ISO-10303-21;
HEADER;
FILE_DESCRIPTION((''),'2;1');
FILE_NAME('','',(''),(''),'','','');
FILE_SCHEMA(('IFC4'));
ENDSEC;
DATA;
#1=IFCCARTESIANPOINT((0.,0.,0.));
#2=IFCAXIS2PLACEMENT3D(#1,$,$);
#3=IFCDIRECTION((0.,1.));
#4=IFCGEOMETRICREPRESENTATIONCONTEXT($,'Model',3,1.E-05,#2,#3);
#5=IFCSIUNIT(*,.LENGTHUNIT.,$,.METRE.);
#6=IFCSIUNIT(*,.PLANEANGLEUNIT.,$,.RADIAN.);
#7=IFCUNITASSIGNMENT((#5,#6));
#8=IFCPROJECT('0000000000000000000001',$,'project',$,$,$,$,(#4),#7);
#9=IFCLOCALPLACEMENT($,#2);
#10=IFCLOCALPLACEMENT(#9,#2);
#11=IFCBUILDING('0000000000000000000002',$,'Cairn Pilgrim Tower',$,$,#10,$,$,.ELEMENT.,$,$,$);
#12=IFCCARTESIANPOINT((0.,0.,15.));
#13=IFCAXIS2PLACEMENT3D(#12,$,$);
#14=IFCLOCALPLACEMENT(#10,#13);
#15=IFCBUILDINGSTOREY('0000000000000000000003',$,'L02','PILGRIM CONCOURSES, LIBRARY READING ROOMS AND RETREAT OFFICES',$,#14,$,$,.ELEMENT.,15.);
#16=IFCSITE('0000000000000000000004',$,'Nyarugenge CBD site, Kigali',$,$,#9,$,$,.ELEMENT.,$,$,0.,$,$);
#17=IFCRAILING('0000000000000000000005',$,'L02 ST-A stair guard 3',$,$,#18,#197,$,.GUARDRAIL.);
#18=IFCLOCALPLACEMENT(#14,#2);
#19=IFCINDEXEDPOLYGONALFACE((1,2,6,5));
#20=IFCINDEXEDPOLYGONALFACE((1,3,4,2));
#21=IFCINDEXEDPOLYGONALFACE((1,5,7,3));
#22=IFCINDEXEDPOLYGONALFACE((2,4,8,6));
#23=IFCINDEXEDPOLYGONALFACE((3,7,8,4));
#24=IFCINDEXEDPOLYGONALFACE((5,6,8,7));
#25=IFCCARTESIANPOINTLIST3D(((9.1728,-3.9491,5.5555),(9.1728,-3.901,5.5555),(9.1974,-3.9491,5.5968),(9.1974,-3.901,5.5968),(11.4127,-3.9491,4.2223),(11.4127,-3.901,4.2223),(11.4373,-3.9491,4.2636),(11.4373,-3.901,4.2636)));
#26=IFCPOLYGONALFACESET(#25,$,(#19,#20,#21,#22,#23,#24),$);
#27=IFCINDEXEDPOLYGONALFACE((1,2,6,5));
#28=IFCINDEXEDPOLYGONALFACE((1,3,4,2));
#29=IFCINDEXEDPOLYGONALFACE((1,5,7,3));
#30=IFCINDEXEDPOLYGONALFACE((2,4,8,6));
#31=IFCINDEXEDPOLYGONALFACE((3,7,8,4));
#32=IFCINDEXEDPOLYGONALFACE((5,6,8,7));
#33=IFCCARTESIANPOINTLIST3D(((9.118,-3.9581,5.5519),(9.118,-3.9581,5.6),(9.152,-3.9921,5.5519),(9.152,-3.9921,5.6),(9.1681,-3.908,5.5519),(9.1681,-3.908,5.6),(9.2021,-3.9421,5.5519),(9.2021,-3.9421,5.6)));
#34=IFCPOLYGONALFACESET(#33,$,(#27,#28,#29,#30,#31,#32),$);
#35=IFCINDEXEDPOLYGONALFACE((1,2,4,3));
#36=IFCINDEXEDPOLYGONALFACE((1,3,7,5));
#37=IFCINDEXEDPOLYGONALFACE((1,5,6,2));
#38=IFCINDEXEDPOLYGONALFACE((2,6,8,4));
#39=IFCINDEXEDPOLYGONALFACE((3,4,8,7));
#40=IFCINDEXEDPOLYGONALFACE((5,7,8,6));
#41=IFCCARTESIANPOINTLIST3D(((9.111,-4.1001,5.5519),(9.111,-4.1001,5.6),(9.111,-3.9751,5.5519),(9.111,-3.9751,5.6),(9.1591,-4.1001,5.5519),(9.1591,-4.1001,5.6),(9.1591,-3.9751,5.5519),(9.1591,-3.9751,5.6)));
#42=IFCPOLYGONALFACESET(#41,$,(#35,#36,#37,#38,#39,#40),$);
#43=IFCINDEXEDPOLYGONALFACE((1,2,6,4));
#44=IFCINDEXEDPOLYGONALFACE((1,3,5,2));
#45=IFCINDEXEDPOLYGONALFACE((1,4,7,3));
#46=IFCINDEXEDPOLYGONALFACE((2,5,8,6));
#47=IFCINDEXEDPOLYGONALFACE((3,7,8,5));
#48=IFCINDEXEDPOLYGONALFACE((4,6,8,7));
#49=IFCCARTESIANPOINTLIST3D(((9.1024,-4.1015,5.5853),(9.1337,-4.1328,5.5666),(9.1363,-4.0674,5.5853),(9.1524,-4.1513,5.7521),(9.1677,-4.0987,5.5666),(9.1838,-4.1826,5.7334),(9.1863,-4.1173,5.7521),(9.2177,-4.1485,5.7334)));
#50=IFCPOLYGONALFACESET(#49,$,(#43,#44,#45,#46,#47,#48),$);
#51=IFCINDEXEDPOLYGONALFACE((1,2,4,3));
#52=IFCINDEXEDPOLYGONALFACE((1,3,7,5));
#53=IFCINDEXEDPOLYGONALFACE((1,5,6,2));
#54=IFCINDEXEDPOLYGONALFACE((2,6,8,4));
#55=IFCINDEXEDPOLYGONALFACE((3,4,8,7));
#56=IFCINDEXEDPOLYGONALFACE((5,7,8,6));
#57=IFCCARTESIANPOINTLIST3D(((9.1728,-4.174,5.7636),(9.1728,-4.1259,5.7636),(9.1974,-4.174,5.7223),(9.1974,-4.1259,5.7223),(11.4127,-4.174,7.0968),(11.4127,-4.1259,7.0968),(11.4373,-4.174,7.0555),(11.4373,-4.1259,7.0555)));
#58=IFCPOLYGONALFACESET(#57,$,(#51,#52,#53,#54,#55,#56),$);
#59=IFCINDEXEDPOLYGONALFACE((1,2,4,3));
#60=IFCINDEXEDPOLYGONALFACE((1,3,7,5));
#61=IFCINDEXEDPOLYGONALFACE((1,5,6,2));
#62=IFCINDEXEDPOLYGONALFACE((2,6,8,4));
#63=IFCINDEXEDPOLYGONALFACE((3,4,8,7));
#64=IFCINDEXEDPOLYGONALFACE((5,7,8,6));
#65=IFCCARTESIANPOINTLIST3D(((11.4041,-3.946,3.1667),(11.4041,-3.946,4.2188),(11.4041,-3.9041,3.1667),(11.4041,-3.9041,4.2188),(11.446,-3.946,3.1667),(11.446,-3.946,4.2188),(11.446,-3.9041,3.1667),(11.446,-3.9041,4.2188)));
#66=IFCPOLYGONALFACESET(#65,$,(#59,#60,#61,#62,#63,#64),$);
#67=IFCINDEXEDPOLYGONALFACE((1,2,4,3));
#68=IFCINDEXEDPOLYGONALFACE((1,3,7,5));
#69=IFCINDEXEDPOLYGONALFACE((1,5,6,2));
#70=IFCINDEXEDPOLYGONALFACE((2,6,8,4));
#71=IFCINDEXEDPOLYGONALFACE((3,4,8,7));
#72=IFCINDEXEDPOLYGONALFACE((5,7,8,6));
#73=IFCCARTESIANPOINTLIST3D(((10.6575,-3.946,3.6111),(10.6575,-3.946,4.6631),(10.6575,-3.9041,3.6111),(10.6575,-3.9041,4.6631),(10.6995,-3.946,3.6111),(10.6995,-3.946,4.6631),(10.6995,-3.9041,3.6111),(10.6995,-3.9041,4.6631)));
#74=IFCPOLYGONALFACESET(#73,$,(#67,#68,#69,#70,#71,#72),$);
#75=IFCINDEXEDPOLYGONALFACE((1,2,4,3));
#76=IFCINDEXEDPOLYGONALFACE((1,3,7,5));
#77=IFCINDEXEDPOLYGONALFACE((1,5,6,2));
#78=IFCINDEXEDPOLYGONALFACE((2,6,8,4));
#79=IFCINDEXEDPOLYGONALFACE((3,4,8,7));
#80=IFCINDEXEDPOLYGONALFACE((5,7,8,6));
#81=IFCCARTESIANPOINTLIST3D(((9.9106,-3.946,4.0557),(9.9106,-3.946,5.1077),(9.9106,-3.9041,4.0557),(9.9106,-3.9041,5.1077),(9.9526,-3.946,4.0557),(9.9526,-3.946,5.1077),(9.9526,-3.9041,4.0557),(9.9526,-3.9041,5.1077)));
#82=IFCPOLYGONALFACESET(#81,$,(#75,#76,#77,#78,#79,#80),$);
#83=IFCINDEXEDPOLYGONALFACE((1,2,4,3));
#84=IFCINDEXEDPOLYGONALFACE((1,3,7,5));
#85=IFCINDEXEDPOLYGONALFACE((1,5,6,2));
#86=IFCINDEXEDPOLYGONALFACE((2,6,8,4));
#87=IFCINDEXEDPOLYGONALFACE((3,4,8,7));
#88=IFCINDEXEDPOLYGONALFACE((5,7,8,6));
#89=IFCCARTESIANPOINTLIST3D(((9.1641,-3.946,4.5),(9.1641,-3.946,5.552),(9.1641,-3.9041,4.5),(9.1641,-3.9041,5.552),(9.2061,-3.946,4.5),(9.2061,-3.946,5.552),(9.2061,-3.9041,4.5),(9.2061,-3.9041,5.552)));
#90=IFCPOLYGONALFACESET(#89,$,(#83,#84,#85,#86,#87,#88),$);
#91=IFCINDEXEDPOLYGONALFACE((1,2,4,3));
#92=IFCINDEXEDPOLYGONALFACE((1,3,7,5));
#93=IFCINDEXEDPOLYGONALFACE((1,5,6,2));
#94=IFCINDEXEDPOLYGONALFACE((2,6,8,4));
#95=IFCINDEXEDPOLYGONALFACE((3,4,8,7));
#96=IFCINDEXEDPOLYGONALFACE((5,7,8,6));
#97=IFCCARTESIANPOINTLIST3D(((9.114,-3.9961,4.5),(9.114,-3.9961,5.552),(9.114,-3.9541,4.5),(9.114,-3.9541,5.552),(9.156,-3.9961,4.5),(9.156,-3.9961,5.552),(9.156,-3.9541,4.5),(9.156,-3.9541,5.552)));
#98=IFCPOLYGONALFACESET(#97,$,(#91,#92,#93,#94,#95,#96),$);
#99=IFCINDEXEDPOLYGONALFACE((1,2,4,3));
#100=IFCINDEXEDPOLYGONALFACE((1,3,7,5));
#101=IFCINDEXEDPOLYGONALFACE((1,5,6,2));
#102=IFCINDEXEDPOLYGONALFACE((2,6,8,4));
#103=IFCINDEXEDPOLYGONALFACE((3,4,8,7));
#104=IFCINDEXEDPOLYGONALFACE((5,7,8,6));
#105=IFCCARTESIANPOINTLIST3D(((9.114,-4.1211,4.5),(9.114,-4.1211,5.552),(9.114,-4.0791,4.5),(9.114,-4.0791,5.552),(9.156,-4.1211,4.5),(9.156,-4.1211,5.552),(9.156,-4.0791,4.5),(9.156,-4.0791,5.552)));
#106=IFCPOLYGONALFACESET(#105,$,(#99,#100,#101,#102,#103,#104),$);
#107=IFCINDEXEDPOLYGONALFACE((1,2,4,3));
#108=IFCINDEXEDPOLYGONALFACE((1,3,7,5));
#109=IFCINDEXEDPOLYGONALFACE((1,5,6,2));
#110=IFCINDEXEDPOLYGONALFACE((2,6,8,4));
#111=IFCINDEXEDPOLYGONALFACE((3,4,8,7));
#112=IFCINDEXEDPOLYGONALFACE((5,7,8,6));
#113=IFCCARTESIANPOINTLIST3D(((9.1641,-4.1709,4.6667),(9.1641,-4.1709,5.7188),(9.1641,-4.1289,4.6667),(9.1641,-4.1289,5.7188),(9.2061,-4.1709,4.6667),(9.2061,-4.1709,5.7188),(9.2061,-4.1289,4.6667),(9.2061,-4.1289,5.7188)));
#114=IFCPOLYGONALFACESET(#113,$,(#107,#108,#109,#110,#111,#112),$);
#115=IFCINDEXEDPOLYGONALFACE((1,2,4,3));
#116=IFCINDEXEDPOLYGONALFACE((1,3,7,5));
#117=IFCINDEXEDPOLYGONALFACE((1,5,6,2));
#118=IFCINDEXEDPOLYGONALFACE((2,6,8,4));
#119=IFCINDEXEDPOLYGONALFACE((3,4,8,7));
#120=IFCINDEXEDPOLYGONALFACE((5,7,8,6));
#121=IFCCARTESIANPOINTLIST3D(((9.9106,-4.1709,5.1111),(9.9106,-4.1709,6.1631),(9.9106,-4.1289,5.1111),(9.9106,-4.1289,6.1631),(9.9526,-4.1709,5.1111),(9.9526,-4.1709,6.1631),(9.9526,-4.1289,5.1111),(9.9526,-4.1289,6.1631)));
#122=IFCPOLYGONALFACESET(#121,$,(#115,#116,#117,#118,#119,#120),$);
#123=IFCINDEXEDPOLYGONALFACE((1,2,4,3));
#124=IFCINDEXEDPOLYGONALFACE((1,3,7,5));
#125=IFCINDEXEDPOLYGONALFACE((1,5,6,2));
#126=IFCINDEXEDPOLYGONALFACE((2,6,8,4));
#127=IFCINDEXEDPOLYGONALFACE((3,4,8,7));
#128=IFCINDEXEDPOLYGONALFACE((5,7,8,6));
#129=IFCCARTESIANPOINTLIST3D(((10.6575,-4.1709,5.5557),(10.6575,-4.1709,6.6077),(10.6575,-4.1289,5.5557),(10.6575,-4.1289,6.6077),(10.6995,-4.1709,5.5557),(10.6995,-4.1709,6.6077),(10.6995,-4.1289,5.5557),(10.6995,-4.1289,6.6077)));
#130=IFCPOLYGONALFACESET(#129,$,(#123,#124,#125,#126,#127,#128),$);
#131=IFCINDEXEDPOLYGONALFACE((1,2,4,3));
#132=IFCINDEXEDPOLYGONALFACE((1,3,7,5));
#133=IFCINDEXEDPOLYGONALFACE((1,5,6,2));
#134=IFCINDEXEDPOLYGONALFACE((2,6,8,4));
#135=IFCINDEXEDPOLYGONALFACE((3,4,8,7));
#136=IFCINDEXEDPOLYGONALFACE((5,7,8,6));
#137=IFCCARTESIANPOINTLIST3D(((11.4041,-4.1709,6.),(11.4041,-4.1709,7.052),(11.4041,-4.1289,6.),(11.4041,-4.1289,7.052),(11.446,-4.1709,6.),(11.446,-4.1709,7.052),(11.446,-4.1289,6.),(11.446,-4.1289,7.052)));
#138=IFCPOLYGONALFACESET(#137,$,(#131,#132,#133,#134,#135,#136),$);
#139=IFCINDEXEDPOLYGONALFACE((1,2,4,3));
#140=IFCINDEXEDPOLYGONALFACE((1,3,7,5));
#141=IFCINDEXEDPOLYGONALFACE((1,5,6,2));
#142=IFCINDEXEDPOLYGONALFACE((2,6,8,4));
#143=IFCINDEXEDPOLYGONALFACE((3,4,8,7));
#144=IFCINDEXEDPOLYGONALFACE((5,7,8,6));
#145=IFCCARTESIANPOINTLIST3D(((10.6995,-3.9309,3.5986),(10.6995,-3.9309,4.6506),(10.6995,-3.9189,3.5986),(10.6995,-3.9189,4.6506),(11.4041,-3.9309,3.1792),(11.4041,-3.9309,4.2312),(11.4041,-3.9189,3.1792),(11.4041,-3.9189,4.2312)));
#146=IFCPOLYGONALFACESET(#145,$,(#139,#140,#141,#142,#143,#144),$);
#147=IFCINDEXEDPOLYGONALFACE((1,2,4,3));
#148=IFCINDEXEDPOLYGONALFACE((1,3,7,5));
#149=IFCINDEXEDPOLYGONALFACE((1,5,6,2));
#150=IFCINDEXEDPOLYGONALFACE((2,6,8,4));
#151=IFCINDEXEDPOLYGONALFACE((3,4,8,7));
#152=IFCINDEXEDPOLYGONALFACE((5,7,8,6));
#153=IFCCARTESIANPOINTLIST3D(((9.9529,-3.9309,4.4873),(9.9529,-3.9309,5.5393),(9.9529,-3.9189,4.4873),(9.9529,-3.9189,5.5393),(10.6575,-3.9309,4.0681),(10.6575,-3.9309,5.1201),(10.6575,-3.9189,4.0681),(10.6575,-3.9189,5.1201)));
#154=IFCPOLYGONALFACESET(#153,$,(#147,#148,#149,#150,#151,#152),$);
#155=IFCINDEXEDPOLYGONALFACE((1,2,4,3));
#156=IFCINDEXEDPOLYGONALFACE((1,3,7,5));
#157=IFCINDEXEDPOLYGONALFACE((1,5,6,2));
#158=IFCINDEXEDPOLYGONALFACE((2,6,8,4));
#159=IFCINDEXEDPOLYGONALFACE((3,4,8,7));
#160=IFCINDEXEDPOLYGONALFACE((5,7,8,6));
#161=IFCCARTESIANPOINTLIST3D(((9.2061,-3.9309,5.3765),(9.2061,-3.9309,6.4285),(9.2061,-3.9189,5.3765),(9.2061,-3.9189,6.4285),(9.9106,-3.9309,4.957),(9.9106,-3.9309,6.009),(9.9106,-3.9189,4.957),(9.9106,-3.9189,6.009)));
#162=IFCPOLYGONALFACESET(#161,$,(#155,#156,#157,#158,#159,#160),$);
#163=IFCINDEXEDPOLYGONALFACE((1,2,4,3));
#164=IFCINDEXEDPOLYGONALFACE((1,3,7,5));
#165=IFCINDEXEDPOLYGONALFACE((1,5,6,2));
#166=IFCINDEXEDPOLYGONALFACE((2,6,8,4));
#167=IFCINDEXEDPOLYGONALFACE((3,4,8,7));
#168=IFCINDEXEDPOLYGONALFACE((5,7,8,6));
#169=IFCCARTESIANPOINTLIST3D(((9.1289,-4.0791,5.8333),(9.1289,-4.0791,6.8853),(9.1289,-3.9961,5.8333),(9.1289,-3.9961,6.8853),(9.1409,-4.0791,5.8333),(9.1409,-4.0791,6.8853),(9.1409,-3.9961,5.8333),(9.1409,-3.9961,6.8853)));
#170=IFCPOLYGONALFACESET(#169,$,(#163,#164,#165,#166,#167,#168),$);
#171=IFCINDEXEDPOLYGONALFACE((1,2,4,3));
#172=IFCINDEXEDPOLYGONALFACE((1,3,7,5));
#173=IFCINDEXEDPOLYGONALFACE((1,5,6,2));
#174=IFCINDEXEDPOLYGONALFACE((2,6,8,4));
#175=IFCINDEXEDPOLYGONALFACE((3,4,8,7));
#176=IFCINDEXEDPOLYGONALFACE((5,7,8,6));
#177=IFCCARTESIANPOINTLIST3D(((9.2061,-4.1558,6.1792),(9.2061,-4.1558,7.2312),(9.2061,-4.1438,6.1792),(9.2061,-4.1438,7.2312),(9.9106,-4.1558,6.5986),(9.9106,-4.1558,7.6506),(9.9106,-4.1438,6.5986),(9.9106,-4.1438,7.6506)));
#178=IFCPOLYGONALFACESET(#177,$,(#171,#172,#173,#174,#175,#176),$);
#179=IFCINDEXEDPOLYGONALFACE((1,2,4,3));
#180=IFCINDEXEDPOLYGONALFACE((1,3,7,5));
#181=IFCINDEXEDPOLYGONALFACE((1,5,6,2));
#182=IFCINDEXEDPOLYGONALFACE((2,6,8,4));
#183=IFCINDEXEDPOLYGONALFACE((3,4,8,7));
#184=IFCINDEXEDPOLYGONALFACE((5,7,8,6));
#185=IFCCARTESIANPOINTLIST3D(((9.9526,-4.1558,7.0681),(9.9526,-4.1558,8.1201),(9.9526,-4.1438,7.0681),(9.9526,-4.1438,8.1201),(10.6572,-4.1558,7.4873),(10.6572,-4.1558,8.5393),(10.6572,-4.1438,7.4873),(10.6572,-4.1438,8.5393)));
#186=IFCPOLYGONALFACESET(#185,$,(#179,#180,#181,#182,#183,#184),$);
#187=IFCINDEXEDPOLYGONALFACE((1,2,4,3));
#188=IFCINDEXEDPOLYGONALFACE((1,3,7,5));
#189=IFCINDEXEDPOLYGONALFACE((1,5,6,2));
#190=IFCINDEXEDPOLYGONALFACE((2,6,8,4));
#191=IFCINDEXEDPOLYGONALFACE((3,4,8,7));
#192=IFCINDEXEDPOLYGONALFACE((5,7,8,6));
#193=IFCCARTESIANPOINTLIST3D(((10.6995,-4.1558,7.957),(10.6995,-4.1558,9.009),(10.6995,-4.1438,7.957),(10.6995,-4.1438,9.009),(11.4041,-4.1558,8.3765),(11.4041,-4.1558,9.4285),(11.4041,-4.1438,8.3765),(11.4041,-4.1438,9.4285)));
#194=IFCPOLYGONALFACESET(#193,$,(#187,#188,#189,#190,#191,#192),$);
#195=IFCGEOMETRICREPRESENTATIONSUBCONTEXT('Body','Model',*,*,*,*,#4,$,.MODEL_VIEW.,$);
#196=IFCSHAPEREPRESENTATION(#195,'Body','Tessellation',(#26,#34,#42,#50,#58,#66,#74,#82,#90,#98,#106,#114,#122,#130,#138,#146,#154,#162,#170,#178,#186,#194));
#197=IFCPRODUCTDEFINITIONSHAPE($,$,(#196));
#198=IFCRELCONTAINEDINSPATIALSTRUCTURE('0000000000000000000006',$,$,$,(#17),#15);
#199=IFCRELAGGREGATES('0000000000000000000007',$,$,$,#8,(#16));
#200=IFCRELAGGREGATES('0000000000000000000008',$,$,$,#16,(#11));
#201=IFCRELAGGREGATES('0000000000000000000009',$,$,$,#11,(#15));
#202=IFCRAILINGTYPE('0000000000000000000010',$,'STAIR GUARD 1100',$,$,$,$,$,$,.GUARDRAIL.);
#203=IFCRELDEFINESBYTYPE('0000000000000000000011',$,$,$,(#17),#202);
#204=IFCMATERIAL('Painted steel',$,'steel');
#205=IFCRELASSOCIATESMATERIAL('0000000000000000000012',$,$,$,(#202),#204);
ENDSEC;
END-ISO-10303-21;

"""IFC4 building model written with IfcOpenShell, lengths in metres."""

from ifc_helpers import new_model, si_unit, direction, frame, origin, origin_2d, place, context, subcontext, project, spatial, polyline, rectangle, outline, extrude, material, type_object, element, save


model = new_model("IFC4")

# Units and contexts
model_context = context("Model", 3, precision=1e-05, world=origin(), true_north=direction((0.0, 1.0)))
body_context = subcontext(model_context, "Body", "Model", "MODEL_VIEW")
ifc_project = project(units=[si_unit("LENGTHUNIT", "METRE"), si_unit("PLANEANGLEUNIT", "RADIAN")], contexts=[model_context])

# Site, building, storey
site_placement = place(None, origin())
site = spatial("IfcSite", under=ifc_project, at=site_placement, Name="Nyarugenge CBD site, Kigali", CompositionType="ELEMENT", RefElevation=0.0)
building_placement = place(site_placement, origin())
building = spatial("IfcBuilding", under=site, at=building_placement, Name="Cairn Pilgrim Tower", CompositionType="ELEMENT")
storey_placement = place(building_placement, frame((0.0, 0.0, 15.0)))
storey = spatial("IfcBuildingStorey", under=building, at=storey_placement, Name="L02", Description="PILGRIM CONCOURSES, LIBRARY READING ROOMS AND RETREAT OFFICES", CompositionType="ELEMENT", Elevation=15.0)

# Shared definitions
ifc_material_1 = material(Name="Painted steel", Category="steel")

# Railing
railing_type_1 = type_object("IfcRailingType", Name="STAIR GUARD 1100", PredefinedType="GUARDRAIL", material=ifc_material_1)
railing_1_placement = place(storey_placement, frame((11.425, -3.925, 3.1667)))
element("IfcRailing", 1, at=railing_1_placement, inside=storey, type_object=railing_type_1, Name="L02 ST-A stair guard 3", PredefinedType="GUARDRAIL", context=body_context, shape_type="SweptSolid", body=[
    extrude(rectangle(XDim=0.0481, YDim=0.0481, at=origin_2d()), frame((0.0, 0.0, 1.0762), z_axis=(-0.859306, 0.0, 0.511462), x_axis=(0.0, -1.0, 0.0)), (0.0, 0.0, 1.0), 2.6067),
    extrude(rectangle(XDim=0.0481, YDim=0.0481, at=origin_2d()), frame((-2.24, 0.0, 2.4092), z_axis=(-0.707107, -0.707107, 0.0), x_axis=(0.707107, -0.707107, 0.0)), (0.0, 0.0, 1.0), 0.0708),
    extrude(rectangle(XDim=0.0481, YDim=0.0481, at=origin_2d()), frame((-2.29, -0.05, 2.4092), z_axis=(0.0, -1.0, 0.0), x_axis=(1.0, 0.0, 0.0)), (0.0, 0.0, 1.0), 0.125),
    extrude(rectangle(XDim=0.0481, YDim=0.0481, at=origin_2d()), frame((-2.29, -0.175, 2.4092), z_axis=(0.276389, -0.275041, 0.920848), x_axis=(0.705376, 0.708834, 0.0)), (0.0, 0.0, 1.0), 0.1812),
    extrude(rectangle(XDim=0.0481, YDim=0.0481, at=origin_2d()), frame((-2.24, -0.2249, 2.5762), z_axis=(0.859306, 0.0, 0.511462), x_axis=(0.0, 1.0, 0.0)), (0.0, 0.0, 1.0), 2.6067),
    extrude(rectangle(XDim=0.042, YDim=0.042, at=origin_2d()), origin(), (0.0, 0.0, 1.0), 1.052),
    extrude(rectangle(XDim=0.042, YDim=0.042, at=origin_2d()), frame((-0.7466, 0.0, 0.4443)), (0.0, 0.0, 1.0), 1.052),
    extrude(rectangle(XDim=0.042, YDim=0.042, at=origin_2d()), frame((-1.4934, 0.0, 0.8889)), (0.0, 0.0, 1.0), 1.052),
    extrude(rectangle(XDim=0.042, YDim=0.042, at=origin_2d()), frame((-2.24, 0.0, 1.3333)), (0.0, 0.0, 1.0), 1.052),
    extrude(rectangle(XDim=0.042, YDim=0.042, at=origin_2d()), frame((-2.29, -0.05, 1.3333)), (0.0, 0.0, 1.0), 1.052),
    extrude(rectangle(XDim=0.042, YDim=0.042, at=origin_2d()), frame((-2.29, -0.175, 1.3333)), (0.0, 0.0, 1.0), 1.052),
    extrude(rectangle(XDim=0.042, YDim=0.042, at=origin_2d()), frame((-2.24, -0.2249, 1.5)), (0.0, 0.0, 1.0), 1.052),
    extrude(rectangle(XDim=0.042, YDim=0.042, at=origin_2d()), frame((-1.4934, -0.2249, 1.9443)), (0.0, 0.0, 1.0), 1.052),
    extrude(rectangle(XDim=0.042, YDim=0.042, at=origin_2d()), frame((-0.7466, -0.2249, 2.3889)), (0.0, 0.0, 1.0), 1.052),
    extrude(rectangle(XDim=0.042, YDim=0.042, at=origin_2d()), frame((0.0, -0.2249, 2.8333)), (0.0, 0.0, 1.0), 1.052),
    extrude(outline(polyline([(0.021, 0.0125), (0.7256, 0.4319), (0.7256, 1.4839), (0.021, 1.0645), (0.021, 0.0125)])), frame((0.0, -0.0059, 0.0), z_axis=(0.0, 1.0, 0.0), x_axis=(-1.0, 0.0, 0.0)), (0.0, 0.0, 1.0), 0.012),
    extrude(outline(polyline([(0.021, 0.457), (0.7256, 0.8762), (0.7256, 1.9282), (0.021, 1.509), (0.021, 0.457)])), frame((-0.7466, -0.0059, 0.4443), z_axis=(0.0, 1.0, 0.0), x_axis=(-1.0, 0.0, 0.0)), (0.0, 0.0, 1.0), 0.012),
    extrude(outline(polyline([(0.021, 0.9014), (0.7256, 1.3208), (0.7256, 2.3728), (0.021, 1.9534), (0.021, 0.9014)])), frame((-1.4934, -0.0059, 0.8889), z_axis=(0.0, 1.0, 0.0), x_axis=(-1.0, 0.0, 0.0)), (0.0, 0.0, 1.0), 0.012),
    extrude(outline(polyline([(0.021, 1.3333), (0.104, 1.3333), (0.104, 2.3853), (0.021, 2.3853), (0.021, 1.3333)])), frame((-2.2842, -0.05, 1.3333), z_axis=(-1.0, 0.0, 0.0), x_axis=(0.0, -1.0, 0.0)), (0.0, 0.0, 1.0), 0.012),
    extrude(outline(polyline([(0.021, 1.5125), (0.7256, 1.9319), (0.7256, 2.9839), (0.021, 2.5645), (0.021, 1.5125)])), frame((-2.24, -0.2188, 1.5), z_axis=(0.0, -1.0, 0.0), x_axis=(1.0, 0.0, 0.0)), (0.0, 0.0, 1.0), 0.012),
    extrude(outline(polyline([(0.021, 1.957), (0.7256, 2.3762), (0.7256, 3.4282), (0.021, 3.009), (0.021, 1.957)])), frame((-1.4934, -0.2188, 1.9443), z_axis=(0.0, -1.0, 0.0), x_axis=(1.0, 0.0, 0.0)), (0.0, 0.0, 1.0), 0.012),
    extrude(outline(polyline([(0.021, 2.4014), (0.7256, 2.8208), (0.7256, 3.8728), (0.021, 3.4534), (0.021, 2.4014)])), frame((-0.7466, -0.2188, 2.3889), z_axis=(0.0, -1.0, 0.0), x_axis=(1.0, 0.0, 0.0)), (0.0, 0.0, 1.0), 0.012),
])

save(model, "model.ifc")
